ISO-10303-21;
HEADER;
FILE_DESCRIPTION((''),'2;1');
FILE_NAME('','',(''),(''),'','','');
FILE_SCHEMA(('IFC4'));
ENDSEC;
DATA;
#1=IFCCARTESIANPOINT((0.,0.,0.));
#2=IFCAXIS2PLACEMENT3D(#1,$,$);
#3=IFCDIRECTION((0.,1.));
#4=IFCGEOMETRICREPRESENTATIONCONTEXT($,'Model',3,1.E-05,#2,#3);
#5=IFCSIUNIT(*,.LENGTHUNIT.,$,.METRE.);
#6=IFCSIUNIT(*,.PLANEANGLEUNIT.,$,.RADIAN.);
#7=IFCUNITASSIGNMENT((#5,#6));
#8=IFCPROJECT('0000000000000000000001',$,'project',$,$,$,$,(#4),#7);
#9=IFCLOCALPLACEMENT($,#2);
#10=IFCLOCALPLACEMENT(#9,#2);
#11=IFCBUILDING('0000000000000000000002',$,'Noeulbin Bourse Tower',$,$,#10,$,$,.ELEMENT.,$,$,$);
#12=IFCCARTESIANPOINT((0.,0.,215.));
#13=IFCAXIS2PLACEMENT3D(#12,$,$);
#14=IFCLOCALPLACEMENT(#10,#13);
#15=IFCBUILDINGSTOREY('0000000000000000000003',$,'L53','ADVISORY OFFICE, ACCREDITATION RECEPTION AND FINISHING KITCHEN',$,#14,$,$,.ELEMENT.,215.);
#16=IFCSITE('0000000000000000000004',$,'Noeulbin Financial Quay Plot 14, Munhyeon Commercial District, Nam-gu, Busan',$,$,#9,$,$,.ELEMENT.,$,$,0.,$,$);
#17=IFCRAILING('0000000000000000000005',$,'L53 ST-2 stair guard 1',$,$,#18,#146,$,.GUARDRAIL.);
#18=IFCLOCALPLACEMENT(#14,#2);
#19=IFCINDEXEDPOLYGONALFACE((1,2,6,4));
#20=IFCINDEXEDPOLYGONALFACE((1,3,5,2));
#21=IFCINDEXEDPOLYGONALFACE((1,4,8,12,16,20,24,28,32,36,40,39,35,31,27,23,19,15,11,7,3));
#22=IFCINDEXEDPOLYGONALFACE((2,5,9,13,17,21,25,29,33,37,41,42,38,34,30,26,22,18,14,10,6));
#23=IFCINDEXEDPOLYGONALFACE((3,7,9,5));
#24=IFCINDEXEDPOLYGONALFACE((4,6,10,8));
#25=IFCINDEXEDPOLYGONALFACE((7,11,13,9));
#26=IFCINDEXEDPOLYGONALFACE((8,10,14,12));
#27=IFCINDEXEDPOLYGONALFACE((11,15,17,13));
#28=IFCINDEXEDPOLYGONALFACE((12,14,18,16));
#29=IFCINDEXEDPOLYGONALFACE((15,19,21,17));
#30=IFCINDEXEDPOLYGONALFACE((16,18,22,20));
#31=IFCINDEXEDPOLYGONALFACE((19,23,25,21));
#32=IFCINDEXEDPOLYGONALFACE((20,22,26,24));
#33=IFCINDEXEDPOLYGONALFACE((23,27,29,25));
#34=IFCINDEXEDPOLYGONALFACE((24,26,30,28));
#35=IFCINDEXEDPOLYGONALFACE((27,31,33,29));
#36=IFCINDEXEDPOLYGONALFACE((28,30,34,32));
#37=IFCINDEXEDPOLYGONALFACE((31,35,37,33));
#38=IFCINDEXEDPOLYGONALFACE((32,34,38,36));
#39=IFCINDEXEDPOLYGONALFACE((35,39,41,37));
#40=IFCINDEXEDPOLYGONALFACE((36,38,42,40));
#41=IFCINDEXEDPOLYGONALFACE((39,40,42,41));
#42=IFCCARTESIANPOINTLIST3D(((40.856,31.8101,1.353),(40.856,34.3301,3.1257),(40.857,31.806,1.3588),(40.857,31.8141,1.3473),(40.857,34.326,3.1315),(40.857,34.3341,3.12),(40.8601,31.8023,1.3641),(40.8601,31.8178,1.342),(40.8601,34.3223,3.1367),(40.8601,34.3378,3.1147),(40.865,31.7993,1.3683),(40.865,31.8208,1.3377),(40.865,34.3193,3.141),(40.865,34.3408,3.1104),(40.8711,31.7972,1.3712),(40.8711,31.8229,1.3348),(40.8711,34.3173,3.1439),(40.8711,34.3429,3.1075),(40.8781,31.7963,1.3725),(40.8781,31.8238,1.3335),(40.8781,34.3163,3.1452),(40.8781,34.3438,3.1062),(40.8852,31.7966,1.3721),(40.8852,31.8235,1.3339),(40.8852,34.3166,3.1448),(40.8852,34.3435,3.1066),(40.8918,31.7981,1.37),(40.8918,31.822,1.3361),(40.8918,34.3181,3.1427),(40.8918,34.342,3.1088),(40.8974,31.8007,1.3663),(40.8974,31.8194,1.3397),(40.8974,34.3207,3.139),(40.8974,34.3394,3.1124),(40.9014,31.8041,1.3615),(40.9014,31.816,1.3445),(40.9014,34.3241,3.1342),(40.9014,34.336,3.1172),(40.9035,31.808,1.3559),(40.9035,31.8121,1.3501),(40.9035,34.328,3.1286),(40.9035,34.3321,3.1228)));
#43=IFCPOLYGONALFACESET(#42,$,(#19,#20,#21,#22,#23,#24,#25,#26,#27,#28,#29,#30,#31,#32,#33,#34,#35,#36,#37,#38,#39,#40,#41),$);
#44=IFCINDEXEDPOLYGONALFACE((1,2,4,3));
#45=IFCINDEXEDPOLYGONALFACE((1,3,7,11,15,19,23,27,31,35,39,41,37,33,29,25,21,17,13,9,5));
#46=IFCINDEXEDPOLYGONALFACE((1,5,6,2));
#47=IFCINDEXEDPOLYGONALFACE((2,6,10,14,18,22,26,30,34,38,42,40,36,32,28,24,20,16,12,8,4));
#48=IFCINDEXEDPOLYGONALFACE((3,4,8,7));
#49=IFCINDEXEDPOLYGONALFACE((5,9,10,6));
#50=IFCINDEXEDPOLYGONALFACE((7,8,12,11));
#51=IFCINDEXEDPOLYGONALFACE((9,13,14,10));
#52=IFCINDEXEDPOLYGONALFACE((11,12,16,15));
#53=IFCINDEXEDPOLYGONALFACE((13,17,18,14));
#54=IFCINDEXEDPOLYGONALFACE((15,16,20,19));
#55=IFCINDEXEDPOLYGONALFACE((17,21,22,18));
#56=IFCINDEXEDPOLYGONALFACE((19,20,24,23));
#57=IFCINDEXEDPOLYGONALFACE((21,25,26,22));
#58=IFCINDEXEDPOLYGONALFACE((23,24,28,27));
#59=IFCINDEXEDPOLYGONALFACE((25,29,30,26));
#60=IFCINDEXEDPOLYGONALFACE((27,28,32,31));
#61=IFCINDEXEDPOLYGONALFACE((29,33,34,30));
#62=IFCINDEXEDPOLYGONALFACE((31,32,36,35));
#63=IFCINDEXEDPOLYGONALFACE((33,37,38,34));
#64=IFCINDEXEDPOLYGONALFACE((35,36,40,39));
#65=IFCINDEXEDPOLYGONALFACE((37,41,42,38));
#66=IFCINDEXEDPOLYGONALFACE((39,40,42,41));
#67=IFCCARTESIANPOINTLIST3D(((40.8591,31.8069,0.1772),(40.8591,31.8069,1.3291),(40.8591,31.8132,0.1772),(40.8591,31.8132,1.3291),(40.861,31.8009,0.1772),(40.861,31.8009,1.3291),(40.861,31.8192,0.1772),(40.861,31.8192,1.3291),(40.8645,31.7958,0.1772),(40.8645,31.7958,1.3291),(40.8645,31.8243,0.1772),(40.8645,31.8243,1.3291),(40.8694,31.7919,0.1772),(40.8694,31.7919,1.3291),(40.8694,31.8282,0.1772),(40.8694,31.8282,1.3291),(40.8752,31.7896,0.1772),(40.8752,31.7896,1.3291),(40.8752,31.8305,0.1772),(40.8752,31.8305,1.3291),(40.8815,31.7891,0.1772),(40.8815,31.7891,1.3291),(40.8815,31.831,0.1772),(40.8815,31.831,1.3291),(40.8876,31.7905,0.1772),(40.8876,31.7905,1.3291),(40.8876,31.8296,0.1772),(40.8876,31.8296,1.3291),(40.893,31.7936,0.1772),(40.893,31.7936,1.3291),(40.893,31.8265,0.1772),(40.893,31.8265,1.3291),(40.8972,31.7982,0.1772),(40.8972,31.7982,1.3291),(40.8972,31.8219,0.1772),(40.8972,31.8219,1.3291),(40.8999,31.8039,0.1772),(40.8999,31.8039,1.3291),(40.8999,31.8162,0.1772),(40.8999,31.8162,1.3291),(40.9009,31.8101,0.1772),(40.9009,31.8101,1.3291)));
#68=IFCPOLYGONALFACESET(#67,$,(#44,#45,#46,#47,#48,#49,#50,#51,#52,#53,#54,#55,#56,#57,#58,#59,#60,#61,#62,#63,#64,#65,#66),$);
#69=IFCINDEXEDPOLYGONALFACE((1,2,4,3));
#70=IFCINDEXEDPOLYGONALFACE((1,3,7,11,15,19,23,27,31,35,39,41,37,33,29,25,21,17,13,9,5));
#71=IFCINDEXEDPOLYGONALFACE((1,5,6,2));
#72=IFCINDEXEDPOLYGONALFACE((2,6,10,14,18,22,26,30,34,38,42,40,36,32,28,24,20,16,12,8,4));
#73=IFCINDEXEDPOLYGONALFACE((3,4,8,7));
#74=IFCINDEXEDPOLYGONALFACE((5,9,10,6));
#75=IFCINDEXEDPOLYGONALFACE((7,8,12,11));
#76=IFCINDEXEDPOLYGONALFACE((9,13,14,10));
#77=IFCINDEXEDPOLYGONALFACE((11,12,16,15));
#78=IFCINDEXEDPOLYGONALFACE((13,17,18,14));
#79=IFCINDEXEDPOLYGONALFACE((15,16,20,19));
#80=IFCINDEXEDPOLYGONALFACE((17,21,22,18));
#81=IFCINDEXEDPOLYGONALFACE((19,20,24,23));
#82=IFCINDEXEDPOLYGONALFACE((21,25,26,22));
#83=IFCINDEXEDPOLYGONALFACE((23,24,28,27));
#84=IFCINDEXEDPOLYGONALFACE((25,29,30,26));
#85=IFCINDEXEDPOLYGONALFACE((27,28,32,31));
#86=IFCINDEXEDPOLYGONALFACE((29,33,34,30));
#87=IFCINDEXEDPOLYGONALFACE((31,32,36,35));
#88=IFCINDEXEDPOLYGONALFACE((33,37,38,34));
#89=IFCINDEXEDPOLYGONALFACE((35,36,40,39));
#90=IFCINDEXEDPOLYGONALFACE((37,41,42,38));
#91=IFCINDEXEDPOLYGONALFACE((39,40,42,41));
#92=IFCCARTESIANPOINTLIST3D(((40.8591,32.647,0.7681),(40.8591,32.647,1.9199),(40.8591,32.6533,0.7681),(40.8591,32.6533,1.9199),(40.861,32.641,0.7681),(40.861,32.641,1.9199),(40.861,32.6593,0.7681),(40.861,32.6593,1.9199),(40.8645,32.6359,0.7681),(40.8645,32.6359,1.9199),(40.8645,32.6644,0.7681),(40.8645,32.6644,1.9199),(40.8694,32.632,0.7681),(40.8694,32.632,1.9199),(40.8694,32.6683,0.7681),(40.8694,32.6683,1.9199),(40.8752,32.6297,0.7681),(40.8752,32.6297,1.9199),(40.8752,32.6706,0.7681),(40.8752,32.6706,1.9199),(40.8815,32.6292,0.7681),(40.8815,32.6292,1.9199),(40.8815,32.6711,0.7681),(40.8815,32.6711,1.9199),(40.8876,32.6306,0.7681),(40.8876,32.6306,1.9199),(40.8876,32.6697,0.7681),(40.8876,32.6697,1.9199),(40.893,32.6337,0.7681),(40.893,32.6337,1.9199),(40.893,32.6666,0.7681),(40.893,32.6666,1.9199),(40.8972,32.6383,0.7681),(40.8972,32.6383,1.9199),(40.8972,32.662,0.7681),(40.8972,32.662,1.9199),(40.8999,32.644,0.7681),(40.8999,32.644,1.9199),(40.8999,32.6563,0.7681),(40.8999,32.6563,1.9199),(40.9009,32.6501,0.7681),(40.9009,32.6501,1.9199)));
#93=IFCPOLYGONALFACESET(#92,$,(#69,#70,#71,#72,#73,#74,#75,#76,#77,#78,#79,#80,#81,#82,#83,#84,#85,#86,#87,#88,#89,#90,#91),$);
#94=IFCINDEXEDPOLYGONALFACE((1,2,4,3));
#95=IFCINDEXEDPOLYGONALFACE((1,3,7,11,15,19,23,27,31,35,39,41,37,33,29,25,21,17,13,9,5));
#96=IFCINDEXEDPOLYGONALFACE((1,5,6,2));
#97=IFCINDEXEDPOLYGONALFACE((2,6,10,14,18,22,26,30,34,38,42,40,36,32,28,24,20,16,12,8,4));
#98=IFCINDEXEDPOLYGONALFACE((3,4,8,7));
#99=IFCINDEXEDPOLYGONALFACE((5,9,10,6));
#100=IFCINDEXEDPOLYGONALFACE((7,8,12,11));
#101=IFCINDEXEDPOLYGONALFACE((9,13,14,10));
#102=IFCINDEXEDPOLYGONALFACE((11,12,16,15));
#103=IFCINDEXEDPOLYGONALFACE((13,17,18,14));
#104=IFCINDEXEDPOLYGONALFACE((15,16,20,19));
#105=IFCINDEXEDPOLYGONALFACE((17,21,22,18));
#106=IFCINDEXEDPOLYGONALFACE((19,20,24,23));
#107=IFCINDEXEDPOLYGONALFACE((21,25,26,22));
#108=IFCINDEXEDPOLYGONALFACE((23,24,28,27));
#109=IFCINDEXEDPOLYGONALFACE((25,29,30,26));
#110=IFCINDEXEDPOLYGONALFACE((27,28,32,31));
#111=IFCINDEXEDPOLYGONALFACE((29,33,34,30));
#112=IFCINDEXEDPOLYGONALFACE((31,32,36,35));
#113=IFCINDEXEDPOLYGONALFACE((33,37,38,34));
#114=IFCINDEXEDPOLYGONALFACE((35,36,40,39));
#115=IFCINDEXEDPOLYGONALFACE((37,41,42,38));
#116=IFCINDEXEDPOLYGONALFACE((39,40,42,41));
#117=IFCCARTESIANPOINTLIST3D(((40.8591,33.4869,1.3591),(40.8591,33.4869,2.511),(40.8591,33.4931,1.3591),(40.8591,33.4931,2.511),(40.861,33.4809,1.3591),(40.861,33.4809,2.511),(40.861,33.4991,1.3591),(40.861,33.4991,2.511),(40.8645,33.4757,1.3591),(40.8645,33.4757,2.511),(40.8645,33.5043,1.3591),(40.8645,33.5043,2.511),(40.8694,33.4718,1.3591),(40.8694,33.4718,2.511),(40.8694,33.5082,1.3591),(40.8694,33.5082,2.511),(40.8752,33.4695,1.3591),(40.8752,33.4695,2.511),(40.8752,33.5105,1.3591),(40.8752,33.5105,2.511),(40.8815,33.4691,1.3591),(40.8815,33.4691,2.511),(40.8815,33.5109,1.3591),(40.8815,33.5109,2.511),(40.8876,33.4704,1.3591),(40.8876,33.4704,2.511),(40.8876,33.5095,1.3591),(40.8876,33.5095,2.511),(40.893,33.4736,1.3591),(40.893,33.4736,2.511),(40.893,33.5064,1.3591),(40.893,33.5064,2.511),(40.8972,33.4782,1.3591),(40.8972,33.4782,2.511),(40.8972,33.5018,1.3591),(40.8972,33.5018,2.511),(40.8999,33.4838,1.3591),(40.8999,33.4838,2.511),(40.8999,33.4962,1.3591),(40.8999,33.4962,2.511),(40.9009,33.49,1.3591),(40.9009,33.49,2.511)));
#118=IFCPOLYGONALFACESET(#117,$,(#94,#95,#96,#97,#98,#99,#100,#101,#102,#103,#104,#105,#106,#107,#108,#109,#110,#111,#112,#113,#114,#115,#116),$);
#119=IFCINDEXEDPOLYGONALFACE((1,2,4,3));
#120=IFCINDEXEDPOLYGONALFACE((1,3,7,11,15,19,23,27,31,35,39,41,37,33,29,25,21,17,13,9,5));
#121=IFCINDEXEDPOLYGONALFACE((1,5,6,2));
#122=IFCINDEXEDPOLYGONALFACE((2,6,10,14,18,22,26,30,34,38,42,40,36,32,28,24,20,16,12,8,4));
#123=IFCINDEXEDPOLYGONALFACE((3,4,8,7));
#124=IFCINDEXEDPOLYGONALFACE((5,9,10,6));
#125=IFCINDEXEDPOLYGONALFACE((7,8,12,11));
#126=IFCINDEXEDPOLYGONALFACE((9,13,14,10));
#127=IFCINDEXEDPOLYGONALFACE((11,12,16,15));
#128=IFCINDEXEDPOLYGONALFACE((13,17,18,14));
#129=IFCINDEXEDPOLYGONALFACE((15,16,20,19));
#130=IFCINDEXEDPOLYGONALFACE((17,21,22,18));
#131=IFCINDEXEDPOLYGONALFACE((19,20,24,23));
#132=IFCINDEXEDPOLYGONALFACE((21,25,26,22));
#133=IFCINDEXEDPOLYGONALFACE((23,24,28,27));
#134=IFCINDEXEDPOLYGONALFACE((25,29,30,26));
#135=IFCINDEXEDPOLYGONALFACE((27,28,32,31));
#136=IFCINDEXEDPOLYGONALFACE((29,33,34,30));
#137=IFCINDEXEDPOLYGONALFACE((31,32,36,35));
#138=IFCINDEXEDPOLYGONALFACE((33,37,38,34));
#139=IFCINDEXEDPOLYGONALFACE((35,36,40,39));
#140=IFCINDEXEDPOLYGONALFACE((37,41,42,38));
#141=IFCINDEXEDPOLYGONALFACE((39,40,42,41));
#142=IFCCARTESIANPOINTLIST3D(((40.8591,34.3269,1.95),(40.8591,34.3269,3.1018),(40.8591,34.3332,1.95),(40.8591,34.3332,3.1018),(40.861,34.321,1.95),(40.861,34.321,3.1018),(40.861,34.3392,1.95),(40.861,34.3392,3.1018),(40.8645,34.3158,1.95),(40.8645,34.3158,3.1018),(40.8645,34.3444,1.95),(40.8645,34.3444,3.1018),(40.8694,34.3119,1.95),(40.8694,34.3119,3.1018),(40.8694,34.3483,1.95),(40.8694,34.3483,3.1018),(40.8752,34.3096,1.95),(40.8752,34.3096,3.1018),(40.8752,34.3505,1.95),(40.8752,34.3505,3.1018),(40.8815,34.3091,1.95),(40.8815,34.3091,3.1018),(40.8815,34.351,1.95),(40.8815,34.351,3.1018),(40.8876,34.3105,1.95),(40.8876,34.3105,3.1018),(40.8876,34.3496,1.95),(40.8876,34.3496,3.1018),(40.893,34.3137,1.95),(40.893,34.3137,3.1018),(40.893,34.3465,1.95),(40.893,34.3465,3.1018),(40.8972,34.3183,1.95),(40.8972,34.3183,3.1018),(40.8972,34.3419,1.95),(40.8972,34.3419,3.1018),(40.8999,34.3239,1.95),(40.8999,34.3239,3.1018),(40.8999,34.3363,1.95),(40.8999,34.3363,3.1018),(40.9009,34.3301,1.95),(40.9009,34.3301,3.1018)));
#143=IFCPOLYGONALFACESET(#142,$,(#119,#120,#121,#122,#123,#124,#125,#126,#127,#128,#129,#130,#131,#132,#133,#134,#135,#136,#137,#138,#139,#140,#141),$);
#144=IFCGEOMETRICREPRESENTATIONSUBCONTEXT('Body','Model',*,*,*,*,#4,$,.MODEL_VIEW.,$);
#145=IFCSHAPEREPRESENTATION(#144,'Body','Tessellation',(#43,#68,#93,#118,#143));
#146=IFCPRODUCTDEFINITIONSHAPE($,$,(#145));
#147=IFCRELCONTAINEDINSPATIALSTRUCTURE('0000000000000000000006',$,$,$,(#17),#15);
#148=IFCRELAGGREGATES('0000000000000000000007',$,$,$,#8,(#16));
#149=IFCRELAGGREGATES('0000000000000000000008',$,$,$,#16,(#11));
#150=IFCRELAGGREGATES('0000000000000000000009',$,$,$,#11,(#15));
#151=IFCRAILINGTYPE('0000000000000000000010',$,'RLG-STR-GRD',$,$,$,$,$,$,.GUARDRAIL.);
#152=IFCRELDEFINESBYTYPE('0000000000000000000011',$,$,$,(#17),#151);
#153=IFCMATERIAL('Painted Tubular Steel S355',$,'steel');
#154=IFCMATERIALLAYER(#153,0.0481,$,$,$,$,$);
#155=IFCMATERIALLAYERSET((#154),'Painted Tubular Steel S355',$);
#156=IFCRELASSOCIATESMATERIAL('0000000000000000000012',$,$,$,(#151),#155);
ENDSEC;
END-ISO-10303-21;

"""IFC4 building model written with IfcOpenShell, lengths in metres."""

from ifc_helpers import new_model, si_unit, direction, frame, origin, origin_2d, place, context, subcontext, project, spatial, circle, extrude, material, layer, layer_set, type_object, element, save


model = new_model("IFC4")

# Units and contexts
model_context = context("Model", 3, precision=1e-05, world=origin(), true_north=direction((0.0, 1.0)))
body_context = subcontext(model_context, "Body", "Model", "MODEL_VIEW")
ifc_project = project(units=[si_unit("LENGTHUNIT", "METRE"), si_unit("PLANEANGLEUNIT", "RADIAN")], contexts=[model_context])

# Site, building, storey
site_placement = place(None, origin())
site = spatial("IfcSite", under=ifc_project, at=site_placement, Name="Noeulbin Financial Quay Plot 14, Munhyeon Commercial District, Nam-gu, Busan", CompositionType="ELEMENT", RefElevation=0.0)
building_placement = place(site_placement, origin())
building = spatial("IfcBuilding", under=site, at=building_placement, Name="Noeulbin Bourse Tower", CompositionType="ELEMENT")
storey_placement = place(building_placement, frame((0.0, 0.0, 215.0)))
storey = spatial("IfcBuildingStorey", under=building, at=storey_placement, Name="L53", Description="ADVISORY OFFICE, ACCREDITATION RECEPTION AND FINISHING KITCHEN", CompositionType="ELEMENT", Elevation=215.0)

# Railing
ifc_material_1 = material(Name="Painted Tubular Steel S355", Category="steel")
ifc_layer_1 = layer(ifc_material_1, 0.0481)
ifc_layer_set_1 = layer_set([ifc_layer_1], Name="Painted Tubular Steel S355")
railing_type = type_object("IfcRailingType", Name="RLG-STR-GRD", PredefinedType="GUARDRAIL", material=ifc_layer_set_1)
railing_1_placement = place(storey_placement, frame((40.8799, 31.8101, 0.1772)))
element("IfcRailing", 1, at=railing_1_placement, inside=storey, type_object=railing_type, Name="L53 ST-2 stair guard 1", PredefinedType="GUARDRAIL", context=body_context, shape_type="SweptSolid", body=[
    extrude(circle(Radius=0.0239, at=origin_2d()), frame((0.0, 0.0, 1.1758), z_axis=(0.0, 0.817904, 0.575354), x_axis=(-1.0, 0.0, 0.0)), (0.0, 0.0, 1.0), 3.0811),
    extrude(circle(Radius=0.021, at=origin_2d()), origin(), (0.0, 0.0, 1.0), 1.1519),
    extrude(circle(Radius=0.021, at=origin_2d()), frame((0.0, 0.8401, 0.5908)), (0.0, 0.0, 1.0), 1.1519),
    extrude(circle(Radius=0.021, at=origin_2d()), frame((0.0, 1.6799, 1.1819)), (0.0, 0.0, 1.0), 1.1519),
    extrude(circle(Radius=0.021, at=origin_2d()), frame((0.0, 2.52, 1.7727)), (0.0, 0.0, 1.0), 1.1519),
])

save(model, "model.ifc")
